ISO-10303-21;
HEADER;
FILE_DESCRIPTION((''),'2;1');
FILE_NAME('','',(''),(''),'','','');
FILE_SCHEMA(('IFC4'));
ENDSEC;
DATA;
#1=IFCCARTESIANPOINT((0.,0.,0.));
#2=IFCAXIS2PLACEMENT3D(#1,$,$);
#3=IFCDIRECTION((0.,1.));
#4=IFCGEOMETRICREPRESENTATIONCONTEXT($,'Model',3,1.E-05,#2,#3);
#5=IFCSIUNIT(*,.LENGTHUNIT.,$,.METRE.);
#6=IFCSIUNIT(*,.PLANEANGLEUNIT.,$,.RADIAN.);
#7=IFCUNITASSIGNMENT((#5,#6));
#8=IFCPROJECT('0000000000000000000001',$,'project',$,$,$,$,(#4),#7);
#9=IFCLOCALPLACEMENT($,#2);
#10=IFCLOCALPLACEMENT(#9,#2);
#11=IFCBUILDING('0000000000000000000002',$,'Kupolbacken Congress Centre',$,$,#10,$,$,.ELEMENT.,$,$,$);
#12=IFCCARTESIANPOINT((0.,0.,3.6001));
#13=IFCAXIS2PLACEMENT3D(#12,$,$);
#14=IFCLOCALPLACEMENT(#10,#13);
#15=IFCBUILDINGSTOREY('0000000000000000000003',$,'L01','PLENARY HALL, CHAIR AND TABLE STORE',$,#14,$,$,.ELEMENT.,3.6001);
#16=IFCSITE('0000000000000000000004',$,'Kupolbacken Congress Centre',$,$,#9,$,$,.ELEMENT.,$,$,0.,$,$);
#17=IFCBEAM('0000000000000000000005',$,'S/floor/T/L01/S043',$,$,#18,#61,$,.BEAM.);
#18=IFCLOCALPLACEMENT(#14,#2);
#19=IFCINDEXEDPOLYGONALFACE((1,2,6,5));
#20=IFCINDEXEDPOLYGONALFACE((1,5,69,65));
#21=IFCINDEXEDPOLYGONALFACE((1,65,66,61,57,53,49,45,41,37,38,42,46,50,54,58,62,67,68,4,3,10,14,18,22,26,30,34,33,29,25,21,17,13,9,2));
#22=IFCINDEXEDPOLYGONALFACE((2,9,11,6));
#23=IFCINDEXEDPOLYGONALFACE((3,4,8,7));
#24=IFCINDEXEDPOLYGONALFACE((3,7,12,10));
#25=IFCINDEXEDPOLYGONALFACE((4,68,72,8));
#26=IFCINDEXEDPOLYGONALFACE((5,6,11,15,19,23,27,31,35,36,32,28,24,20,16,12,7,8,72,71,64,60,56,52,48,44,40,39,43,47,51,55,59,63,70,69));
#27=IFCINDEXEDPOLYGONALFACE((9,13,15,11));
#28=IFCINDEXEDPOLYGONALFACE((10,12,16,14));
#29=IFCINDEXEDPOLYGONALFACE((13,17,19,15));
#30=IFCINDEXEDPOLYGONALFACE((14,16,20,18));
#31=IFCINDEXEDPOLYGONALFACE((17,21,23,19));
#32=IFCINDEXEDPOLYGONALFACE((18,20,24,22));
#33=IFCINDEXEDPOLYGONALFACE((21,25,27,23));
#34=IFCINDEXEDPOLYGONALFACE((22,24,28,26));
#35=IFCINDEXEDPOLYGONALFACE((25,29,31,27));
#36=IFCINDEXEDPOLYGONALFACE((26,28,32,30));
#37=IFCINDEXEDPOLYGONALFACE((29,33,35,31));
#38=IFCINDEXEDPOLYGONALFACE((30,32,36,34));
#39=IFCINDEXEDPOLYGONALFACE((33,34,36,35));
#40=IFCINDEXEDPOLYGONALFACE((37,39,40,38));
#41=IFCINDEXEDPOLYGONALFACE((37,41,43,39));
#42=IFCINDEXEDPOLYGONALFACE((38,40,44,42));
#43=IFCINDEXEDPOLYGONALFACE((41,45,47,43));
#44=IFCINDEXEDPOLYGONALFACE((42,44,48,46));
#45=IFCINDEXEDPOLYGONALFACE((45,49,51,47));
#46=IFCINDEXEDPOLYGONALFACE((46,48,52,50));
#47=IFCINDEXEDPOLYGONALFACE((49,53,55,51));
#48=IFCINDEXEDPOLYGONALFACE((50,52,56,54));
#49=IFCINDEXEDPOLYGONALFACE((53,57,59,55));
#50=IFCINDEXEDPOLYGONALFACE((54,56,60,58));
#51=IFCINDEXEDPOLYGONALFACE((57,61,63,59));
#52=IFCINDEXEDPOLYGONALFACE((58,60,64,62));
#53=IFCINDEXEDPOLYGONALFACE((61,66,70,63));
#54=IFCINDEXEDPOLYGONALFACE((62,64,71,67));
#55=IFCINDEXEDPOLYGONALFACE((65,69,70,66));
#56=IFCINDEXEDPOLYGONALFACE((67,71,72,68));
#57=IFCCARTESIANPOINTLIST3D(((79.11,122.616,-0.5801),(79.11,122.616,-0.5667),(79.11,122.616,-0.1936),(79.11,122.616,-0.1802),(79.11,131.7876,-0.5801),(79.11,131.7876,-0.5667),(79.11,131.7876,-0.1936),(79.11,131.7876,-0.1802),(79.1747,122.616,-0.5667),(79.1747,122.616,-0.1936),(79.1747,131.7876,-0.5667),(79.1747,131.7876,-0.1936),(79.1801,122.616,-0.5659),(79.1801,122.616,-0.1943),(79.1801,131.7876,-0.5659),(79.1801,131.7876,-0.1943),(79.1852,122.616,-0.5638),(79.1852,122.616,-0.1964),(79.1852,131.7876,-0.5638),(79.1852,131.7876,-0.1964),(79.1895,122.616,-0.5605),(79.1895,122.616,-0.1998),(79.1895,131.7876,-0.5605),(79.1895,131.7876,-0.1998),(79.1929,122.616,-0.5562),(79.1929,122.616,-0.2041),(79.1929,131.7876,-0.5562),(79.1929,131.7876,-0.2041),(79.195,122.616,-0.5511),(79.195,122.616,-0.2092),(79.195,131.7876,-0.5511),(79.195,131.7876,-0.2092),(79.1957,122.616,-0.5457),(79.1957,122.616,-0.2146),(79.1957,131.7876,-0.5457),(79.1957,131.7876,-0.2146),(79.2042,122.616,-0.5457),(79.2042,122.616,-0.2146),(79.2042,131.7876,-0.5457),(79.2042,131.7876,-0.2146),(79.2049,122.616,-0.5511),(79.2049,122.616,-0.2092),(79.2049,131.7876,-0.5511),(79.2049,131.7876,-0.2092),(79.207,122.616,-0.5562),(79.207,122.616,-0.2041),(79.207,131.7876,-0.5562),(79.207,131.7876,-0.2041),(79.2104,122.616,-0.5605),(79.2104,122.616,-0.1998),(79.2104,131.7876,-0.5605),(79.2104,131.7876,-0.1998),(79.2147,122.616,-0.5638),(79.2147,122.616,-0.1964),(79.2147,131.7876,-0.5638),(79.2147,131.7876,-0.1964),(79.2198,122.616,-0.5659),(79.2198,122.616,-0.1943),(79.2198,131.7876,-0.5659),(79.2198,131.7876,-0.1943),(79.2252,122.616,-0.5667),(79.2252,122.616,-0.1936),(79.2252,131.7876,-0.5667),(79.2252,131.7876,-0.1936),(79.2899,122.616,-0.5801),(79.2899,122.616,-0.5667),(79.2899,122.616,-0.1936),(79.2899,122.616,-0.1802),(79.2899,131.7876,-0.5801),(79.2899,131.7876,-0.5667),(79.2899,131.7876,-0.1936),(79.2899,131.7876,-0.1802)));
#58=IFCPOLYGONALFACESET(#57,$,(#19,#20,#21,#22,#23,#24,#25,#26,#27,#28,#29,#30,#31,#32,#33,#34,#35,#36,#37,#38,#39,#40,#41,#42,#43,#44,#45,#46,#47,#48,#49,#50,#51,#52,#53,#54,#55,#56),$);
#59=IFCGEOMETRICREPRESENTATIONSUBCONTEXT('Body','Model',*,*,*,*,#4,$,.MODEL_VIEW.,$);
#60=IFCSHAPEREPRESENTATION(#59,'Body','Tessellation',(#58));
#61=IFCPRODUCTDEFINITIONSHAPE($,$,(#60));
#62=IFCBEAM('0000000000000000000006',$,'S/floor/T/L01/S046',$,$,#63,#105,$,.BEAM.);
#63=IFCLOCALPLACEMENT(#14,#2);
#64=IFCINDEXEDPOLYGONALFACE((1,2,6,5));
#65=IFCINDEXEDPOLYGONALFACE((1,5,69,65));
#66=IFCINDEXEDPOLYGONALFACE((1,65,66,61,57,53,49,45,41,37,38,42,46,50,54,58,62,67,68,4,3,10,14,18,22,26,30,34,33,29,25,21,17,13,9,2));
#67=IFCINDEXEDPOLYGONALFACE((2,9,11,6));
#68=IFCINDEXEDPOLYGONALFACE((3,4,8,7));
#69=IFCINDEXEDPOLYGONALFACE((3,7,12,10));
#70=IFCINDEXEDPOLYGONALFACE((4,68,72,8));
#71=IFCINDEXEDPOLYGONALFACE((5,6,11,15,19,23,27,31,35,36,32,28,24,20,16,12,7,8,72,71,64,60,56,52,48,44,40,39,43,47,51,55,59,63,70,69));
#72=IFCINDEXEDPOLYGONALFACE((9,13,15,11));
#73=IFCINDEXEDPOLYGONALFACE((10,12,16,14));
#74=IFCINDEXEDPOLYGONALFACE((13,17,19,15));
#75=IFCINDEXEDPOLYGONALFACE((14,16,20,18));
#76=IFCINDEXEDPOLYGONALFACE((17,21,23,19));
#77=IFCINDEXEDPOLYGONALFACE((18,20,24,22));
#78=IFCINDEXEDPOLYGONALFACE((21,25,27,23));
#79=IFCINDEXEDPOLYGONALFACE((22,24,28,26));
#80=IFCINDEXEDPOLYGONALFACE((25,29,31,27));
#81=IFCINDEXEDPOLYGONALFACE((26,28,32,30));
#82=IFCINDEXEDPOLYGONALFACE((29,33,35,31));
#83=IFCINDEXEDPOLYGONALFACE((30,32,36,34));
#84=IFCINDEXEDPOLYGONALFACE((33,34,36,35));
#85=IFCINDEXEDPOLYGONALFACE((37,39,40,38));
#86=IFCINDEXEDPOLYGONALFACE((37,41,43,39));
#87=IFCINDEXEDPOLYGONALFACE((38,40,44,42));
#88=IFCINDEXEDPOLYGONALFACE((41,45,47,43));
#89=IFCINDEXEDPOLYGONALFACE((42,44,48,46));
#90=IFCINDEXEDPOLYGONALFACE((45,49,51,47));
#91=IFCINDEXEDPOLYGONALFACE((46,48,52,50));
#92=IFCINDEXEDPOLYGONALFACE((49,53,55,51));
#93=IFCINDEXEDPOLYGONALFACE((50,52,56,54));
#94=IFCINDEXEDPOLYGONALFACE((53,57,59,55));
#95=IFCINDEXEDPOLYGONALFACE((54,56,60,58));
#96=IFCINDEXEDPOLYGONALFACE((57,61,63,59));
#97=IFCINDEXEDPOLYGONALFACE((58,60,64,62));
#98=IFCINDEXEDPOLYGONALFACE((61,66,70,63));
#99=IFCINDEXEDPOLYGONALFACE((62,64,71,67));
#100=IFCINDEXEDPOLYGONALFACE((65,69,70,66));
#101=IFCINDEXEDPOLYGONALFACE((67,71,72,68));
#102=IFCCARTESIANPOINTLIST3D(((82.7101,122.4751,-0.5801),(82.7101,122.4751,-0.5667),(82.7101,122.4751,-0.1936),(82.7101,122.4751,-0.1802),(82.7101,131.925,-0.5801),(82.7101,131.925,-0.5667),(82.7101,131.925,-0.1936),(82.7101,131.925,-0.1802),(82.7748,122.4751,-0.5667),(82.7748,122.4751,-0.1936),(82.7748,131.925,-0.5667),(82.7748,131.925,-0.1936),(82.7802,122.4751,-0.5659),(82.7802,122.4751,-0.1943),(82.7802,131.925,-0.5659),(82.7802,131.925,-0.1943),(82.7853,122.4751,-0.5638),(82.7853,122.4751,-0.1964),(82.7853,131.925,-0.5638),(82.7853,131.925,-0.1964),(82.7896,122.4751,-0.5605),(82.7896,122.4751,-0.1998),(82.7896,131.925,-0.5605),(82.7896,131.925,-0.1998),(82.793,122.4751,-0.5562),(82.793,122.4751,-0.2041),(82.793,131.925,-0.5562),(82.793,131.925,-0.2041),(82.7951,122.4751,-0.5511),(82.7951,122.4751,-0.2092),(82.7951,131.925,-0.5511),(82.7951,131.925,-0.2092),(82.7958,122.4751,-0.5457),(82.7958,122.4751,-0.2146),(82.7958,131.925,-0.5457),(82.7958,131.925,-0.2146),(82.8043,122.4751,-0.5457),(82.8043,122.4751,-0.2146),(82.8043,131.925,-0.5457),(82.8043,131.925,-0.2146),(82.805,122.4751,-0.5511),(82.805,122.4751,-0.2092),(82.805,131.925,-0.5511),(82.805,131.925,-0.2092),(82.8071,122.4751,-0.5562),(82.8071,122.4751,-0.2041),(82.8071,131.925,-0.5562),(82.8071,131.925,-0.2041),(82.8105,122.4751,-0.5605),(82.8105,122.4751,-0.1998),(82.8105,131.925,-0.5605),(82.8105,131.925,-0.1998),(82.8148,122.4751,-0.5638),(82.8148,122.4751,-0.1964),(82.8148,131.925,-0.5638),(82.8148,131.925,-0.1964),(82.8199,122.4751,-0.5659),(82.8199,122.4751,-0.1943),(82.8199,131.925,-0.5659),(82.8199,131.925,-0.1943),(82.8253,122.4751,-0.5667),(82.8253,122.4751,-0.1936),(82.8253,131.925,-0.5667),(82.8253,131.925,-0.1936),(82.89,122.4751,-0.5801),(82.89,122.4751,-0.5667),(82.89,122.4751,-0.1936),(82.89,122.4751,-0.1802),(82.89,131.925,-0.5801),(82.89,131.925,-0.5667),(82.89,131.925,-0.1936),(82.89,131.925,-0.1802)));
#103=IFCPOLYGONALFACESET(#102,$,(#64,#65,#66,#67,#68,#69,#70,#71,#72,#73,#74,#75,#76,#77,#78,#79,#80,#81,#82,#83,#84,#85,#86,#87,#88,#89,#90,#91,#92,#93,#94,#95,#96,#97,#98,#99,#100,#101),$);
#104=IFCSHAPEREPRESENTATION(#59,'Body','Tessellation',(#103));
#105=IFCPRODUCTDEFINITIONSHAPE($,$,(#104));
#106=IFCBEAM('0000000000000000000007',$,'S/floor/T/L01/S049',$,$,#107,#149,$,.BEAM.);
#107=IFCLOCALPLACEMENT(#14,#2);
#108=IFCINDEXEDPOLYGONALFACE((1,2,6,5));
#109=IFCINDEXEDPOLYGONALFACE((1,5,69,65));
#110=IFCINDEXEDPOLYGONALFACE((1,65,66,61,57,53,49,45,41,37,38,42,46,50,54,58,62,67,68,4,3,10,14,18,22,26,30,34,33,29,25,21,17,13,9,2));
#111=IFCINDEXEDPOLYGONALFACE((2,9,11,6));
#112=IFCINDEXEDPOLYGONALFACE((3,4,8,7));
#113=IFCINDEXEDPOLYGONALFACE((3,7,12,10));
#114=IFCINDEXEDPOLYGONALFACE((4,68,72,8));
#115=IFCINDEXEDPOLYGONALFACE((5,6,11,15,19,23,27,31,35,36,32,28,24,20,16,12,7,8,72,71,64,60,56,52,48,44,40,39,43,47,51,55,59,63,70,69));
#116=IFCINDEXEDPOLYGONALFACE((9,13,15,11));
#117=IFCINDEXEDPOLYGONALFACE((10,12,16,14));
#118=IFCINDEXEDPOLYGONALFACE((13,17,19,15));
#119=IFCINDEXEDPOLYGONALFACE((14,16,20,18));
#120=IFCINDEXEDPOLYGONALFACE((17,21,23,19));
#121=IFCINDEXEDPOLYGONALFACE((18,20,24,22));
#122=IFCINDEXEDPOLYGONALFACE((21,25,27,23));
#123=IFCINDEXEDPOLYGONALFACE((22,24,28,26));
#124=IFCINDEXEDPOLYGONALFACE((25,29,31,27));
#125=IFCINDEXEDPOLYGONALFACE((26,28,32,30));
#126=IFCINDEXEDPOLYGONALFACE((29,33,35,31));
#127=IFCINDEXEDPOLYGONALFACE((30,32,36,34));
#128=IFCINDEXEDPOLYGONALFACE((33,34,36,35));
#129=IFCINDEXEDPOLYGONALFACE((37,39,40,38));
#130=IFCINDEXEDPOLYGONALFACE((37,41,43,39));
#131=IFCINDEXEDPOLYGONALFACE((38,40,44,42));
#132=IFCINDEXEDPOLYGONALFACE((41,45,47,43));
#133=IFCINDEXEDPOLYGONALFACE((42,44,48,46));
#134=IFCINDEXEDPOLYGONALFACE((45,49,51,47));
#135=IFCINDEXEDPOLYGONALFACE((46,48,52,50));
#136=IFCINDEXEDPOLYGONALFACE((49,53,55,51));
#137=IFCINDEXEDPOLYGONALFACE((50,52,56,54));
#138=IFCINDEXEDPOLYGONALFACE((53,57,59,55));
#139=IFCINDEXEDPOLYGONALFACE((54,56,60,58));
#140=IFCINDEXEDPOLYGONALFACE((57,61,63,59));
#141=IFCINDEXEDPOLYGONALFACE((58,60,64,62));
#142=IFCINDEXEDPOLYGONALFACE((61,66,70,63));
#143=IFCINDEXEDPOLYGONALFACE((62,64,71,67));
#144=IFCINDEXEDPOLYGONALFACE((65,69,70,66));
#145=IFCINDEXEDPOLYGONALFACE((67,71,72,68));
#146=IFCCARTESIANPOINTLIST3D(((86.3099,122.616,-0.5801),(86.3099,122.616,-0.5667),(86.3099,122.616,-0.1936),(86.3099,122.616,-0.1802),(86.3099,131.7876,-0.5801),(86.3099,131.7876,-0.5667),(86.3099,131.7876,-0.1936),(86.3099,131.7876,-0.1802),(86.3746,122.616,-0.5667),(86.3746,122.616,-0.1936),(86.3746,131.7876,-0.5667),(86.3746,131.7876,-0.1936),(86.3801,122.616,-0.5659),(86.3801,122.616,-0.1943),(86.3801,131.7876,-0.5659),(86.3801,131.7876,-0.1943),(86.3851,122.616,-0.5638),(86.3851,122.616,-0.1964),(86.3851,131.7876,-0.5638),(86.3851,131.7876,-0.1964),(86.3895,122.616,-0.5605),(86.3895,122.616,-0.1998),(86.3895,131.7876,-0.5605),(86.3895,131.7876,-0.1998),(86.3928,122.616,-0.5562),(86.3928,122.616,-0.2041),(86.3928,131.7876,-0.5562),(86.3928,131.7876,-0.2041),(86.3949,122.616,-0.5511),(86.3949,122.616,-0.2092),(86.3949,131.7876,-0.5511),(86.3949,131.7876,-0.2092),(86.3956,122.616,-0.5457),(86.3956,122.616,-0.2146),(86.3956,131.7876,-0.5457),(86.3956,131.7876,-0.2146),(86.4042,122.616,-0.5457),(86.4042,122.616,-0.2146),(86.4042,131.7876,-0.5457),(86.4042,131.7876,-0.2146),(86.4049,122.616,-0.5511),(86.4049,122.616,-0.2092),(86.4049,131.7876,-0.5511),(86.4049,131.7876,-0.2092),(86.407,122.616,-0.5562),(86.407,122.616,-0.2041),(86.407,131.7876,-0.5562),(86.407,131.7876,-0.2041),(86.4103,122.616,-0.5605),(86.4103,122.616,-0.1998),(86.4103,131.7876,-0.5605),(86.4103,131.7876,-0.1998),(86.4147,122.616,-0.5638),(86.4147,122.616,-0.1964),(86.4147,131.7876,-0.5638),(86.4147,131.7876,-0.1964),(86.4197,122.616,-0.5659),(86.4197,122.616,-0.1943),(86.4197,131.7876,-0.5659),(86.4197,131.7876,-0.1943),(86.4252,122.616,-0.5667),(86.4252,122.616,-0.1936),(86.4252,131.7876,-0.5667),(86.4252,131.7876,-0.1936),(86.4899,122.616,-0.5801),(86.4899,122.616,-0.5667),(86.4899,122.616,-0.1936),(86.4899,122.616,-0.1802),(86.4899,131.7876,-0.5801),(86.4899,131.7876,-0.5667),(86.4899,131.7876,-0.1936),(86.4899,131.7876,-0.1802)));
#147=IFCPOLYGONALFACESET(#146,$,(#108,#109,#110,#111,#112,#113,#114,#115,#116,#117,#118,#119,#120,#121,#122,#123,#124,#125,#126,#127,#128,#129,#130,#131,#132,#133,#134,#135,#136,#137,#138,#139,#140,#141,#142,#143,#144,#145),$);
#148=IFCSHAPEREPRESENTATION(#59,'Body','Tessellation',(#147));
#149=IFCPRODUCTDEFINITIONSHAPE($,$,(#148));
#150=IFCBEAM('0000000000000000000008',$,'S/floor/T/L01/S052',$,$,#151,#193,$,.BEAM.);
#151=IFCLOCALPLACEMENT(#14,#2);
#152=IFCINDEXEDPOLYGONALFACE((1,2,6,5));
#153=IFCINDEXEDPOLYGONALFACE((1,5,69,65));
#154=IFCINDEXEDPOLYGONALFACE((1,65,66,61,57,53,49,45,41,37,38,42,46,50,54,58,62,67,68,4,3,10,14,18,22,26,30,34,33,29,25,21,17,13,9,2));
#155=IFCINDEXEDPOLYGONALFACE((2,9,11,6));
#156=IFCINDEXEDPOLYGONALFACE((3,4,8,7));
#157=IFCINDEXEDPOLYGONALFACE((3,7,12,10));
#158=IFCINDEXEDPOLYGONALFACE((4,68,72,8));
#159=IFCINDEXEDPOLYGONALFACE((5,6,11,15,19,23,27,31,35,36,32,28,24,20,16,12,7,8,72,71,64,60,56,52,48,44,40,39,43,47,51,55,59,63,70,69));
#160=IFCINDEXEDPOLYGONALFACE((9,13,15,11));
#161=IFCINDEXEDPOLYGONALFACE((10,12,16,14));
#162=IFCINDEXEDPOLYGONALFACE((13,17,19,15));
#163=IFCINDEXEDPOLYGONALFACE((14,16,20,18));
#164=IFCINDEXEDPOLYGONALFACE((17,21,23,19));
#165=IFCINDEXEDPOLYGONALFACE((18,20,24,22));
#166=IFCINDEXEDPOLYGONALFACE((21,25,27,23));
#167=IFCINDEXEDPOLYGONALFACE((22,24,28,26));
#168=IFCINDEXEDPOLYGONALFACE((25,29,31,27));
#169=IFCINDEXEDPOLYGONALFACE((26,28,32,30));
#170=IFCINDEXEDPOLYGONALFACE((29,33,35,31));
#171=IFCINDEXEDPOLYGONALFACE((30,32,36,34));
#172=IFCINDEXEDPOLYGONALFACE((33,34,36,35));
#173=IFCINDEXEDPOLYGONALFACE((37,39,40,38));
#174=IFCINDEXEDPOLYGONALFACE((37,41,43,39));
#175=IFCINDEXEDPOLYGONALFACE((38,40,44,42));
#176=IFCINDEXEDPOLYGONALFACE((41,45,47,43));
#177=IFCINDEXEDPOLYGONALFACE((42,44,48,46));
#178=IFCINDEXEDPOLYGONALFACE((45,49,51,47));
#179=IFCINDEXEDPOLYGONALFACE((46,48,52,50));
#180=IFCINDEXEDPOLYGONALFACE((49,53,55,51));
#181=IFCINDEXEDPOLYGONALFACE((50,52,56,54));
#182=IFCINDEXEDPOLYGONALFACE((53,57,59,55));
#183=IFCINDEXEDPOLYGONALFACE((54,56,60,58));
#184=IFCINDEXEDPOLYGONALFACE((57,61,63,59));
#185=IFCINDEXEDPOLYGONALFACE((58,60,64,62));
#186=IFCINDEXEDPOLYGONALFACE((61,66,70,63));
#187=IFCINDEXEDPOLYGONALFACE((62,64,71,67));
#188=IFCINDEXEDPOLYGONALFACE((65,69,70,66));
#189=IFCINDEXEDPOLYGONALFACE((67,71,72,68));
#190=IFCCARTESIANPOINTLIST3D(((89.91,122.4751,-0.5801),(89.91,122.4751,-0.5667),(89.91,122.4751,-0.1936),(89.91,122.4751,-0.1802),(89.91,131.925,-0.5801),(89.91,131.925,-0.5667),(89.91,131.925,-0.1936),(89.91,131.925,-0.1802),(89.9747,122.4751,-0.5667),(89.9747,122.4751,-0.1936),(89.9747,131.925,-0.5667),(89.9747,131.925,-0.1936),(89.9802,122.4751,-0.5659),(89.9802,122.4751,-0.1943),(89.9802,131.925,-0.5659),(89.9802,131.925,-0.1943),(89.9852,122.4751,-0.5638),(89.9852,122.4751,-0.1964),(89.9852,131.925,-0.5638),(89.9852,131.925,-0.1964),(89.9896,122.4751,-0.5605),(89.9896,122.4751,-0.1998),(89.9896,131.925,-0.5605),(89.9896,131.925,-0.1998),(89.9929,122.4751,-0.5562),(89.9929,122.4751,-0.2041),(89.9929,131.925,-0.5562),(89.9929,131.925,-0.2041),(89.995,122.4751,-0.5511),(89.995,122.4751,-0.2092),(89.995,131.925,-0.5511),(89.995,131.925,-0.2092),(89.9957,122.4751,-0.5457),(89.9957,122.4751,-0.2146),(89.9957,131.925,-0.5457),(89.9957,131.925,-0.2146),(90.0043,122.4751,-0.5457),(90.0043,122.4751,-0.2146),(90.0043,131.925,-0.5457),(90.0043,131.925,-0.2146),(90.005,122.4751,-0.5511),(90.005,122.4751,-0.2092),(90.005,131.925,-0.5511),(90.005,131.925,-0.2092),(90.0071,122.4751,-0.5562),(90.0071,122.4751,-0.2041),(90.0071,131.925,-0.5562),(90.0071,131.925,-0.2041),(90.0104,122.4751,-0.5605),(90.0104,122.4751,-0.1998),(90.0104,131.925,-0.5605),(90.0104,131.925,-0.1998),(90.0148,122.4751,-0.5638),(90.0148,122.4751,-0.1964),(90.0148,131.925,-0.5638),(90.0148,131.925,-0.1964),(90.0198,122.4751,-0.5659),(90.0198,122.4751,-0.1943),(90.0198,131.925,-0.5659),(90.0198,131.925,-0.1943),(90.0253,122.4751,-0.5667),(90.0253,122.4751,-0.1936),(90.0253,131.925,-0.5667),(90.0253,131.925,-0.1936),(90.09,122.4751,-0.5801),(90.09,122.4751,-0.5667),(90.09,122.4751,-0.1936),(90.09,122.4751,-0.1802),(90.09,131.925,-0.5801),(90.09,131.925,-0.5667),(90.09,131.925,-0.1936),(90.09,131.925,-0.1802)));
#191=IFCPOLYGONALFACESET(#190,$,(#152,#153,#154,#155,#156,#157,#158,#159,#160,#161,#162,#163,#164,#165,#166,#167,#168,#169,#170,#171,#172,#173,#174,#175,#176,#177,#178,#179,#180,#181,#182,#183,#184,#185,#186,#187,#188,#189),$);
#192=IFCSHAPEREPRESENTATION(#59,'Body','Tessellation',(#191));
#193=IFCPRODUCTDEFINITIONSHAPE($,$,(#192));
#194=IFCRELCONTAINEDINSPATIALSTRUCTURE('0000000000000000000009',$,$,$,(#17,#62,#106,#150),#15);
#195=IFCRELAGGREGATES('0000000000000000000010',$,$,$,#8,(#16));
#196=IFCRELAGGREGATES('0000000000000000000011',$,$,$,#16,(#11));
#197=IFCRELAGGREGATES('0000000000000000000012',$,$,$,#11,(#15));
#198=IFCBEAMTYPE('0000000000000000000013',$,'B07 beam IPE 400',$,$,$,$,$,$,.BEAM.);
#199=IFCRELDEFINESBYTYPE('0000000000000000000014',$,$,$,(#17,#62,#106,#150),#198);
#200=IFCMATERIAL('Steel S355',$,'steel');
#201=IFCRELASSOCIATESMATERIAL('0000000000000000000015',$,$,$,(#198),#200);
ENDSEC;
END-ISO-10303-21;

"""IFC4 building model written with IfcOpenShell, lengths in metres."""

from ifc_helpers import new_model, si_unit, direction, frame, origin, origin_2d, place, context, subcontext, project, spatial, i_section, extrude, material, material_profile, profile_set, type_object, element, save


model = new_model("IFC4")

# Units and contexts
model_context = context("Model", 3, precision=1e-05, world=origin(), true_north=direction((0.0, 1.0)))
body_context = subcontext(model_context, "Body", "Model", "MODEL_VIEW")
ifc_project = project(units=[si_unit("LENGTHUNIT", "METRE"), si_unit("PLANEANGLEUNIT", "RADIAN")], contexts=[model_context])

# Site, building, storey
site_placement = place(None, origin())
site = spatial("IfcSite", under=ifc_project, at=site_placement, Name="Kupolbacken Congress Centre", CompositionType="ELEMENT", RefElevation=0.0)
building_placement = place(site_placement, origin())
building = spatial("IfcBuilding", under=site, at=building_placement, Name="Kupolbacken Congress Centre", CompositionType="ELEMENT")
storey_placement = place(building_placement, frame((0.0, 0.0, 3.6001)))
storey = spatial("IfcBuildingStorey", under=building, at=storey_placement, Name="L01", Description="PLENARY HALL, CHAIR AND TABLE STORE", CompositionType="ELEMENT", Elevation=3.6001)

# Beams
ifc_material_1 = material(Name="Steel S355", Category="steel")
ifc_material_profile_1 = material_profile(ifc_material_1, i_section(OverallWidth=0.1799, OverallDepth=0.3999, WebThickness=0.0085, FlangeThickness=0.0134, FilletRadius=0.021, at=origin_2d()), Name="IPE 400")
ifc_profile_set_1 = profile_set([ifc_material_profile_1], Name="Steel S355")
beam_type_1 = type_object("IfcBeamType", Name="B07 beam IPE 400", PredefinedType="BEAM", material=ifc_profile_set_1)
beam_1_placement = place(storey_placement, frame((79.2, 122.616, -0.3801), z_axis=(0.0, 1.0, 0.0), x_axis=(-1.0, 0.0, 0.0)))
element("IfcBeam", 1, at=beam_1_placement, inside=storey, type_object=beam_type_1, Name="S/floor/T/L01/S043", PredefinedType="BEAM", context=body_context, shape_type="SweptSolid", body=[
    extrude(i_section(OverallWidth=0.1799, OverallDepth=0.3999, WebThickness=0.0085, FlangeThickness=0.0134, FilletRadius=0.021, at=origin_2d()), origin(), (0.0, 0.0, 1.0), 9.1716),
])
beam_2_placement = place(storey_placement, frame((82.8, 122.4751, -0.3801), z_axis=(0.0, 1.0, 0.0), x_axis=(-1.0, 0.0, 0.0)))
element("IfcBeam", 2, at=beam_2_placement, inside=storey, type_object=beam_type_1, Name="S/floor/T/L01/S046", PredefinedType="BEAM", context=body_context, shape_type="SweptSolid", body=[
    extrude(i_section(OverallWidth=0.1799, OverallDepth=0.3999, WebThickness=0.0085, FlangeThickness=0.0134, FilletRadius=0.021, at=origin_2d()), origin(), (0.0, 0.0, 1.0), 9.45),
])
beam_3_placement = place(storey_placement, frame((86.3999, 122.616, -0.3801), z_axis=(0.0, 1.0, 0.0), x_axis=(-1.0, 0.0, 0.0)))
element("IfcBeam", 3, at=beam_3_placement, inside=storey, type_object=beam_type_1, Name="S/floor/T/L01/S049", PredefinedType="BEAM", context=body_context, shape_type="SweptSolid", body=[
    extrude(i_section(OverallWidth=0.1799, OverallDepth=0.3999, WebThickness=0.0085, FlangeThickness=0.0134, FilletRadius=0.021, at=origin_2d()), origin(), (0.0, 0.0, 1.0), 9.1716),
])
beam_4_placement = place(storey_placement, frame((90.0, 122.4751, -0.3801), z_axis=(0.0, 1.0, 0.0), x_axis=(-1.0, 0.0, 0.0)))
element("IfcBeam", 4, at=beam_4_placement, inside=storey, type_object=beam_type_1, Name="S/floor/T/L01/S052", PredefinedType="BEAM", context=body_context, shape_type="SweptSolid", body=[
    extrude(i_section(OverallWidth=0.1799, OverallDepth=0.3999, WebThickness=0.0085, FlangeThickness=0.0134, FilletRadius=0.021, at=origin_2d()), origin(), (0.0, 0.0, 1.0), 9.45),
])

save(model, "model.ifc")
